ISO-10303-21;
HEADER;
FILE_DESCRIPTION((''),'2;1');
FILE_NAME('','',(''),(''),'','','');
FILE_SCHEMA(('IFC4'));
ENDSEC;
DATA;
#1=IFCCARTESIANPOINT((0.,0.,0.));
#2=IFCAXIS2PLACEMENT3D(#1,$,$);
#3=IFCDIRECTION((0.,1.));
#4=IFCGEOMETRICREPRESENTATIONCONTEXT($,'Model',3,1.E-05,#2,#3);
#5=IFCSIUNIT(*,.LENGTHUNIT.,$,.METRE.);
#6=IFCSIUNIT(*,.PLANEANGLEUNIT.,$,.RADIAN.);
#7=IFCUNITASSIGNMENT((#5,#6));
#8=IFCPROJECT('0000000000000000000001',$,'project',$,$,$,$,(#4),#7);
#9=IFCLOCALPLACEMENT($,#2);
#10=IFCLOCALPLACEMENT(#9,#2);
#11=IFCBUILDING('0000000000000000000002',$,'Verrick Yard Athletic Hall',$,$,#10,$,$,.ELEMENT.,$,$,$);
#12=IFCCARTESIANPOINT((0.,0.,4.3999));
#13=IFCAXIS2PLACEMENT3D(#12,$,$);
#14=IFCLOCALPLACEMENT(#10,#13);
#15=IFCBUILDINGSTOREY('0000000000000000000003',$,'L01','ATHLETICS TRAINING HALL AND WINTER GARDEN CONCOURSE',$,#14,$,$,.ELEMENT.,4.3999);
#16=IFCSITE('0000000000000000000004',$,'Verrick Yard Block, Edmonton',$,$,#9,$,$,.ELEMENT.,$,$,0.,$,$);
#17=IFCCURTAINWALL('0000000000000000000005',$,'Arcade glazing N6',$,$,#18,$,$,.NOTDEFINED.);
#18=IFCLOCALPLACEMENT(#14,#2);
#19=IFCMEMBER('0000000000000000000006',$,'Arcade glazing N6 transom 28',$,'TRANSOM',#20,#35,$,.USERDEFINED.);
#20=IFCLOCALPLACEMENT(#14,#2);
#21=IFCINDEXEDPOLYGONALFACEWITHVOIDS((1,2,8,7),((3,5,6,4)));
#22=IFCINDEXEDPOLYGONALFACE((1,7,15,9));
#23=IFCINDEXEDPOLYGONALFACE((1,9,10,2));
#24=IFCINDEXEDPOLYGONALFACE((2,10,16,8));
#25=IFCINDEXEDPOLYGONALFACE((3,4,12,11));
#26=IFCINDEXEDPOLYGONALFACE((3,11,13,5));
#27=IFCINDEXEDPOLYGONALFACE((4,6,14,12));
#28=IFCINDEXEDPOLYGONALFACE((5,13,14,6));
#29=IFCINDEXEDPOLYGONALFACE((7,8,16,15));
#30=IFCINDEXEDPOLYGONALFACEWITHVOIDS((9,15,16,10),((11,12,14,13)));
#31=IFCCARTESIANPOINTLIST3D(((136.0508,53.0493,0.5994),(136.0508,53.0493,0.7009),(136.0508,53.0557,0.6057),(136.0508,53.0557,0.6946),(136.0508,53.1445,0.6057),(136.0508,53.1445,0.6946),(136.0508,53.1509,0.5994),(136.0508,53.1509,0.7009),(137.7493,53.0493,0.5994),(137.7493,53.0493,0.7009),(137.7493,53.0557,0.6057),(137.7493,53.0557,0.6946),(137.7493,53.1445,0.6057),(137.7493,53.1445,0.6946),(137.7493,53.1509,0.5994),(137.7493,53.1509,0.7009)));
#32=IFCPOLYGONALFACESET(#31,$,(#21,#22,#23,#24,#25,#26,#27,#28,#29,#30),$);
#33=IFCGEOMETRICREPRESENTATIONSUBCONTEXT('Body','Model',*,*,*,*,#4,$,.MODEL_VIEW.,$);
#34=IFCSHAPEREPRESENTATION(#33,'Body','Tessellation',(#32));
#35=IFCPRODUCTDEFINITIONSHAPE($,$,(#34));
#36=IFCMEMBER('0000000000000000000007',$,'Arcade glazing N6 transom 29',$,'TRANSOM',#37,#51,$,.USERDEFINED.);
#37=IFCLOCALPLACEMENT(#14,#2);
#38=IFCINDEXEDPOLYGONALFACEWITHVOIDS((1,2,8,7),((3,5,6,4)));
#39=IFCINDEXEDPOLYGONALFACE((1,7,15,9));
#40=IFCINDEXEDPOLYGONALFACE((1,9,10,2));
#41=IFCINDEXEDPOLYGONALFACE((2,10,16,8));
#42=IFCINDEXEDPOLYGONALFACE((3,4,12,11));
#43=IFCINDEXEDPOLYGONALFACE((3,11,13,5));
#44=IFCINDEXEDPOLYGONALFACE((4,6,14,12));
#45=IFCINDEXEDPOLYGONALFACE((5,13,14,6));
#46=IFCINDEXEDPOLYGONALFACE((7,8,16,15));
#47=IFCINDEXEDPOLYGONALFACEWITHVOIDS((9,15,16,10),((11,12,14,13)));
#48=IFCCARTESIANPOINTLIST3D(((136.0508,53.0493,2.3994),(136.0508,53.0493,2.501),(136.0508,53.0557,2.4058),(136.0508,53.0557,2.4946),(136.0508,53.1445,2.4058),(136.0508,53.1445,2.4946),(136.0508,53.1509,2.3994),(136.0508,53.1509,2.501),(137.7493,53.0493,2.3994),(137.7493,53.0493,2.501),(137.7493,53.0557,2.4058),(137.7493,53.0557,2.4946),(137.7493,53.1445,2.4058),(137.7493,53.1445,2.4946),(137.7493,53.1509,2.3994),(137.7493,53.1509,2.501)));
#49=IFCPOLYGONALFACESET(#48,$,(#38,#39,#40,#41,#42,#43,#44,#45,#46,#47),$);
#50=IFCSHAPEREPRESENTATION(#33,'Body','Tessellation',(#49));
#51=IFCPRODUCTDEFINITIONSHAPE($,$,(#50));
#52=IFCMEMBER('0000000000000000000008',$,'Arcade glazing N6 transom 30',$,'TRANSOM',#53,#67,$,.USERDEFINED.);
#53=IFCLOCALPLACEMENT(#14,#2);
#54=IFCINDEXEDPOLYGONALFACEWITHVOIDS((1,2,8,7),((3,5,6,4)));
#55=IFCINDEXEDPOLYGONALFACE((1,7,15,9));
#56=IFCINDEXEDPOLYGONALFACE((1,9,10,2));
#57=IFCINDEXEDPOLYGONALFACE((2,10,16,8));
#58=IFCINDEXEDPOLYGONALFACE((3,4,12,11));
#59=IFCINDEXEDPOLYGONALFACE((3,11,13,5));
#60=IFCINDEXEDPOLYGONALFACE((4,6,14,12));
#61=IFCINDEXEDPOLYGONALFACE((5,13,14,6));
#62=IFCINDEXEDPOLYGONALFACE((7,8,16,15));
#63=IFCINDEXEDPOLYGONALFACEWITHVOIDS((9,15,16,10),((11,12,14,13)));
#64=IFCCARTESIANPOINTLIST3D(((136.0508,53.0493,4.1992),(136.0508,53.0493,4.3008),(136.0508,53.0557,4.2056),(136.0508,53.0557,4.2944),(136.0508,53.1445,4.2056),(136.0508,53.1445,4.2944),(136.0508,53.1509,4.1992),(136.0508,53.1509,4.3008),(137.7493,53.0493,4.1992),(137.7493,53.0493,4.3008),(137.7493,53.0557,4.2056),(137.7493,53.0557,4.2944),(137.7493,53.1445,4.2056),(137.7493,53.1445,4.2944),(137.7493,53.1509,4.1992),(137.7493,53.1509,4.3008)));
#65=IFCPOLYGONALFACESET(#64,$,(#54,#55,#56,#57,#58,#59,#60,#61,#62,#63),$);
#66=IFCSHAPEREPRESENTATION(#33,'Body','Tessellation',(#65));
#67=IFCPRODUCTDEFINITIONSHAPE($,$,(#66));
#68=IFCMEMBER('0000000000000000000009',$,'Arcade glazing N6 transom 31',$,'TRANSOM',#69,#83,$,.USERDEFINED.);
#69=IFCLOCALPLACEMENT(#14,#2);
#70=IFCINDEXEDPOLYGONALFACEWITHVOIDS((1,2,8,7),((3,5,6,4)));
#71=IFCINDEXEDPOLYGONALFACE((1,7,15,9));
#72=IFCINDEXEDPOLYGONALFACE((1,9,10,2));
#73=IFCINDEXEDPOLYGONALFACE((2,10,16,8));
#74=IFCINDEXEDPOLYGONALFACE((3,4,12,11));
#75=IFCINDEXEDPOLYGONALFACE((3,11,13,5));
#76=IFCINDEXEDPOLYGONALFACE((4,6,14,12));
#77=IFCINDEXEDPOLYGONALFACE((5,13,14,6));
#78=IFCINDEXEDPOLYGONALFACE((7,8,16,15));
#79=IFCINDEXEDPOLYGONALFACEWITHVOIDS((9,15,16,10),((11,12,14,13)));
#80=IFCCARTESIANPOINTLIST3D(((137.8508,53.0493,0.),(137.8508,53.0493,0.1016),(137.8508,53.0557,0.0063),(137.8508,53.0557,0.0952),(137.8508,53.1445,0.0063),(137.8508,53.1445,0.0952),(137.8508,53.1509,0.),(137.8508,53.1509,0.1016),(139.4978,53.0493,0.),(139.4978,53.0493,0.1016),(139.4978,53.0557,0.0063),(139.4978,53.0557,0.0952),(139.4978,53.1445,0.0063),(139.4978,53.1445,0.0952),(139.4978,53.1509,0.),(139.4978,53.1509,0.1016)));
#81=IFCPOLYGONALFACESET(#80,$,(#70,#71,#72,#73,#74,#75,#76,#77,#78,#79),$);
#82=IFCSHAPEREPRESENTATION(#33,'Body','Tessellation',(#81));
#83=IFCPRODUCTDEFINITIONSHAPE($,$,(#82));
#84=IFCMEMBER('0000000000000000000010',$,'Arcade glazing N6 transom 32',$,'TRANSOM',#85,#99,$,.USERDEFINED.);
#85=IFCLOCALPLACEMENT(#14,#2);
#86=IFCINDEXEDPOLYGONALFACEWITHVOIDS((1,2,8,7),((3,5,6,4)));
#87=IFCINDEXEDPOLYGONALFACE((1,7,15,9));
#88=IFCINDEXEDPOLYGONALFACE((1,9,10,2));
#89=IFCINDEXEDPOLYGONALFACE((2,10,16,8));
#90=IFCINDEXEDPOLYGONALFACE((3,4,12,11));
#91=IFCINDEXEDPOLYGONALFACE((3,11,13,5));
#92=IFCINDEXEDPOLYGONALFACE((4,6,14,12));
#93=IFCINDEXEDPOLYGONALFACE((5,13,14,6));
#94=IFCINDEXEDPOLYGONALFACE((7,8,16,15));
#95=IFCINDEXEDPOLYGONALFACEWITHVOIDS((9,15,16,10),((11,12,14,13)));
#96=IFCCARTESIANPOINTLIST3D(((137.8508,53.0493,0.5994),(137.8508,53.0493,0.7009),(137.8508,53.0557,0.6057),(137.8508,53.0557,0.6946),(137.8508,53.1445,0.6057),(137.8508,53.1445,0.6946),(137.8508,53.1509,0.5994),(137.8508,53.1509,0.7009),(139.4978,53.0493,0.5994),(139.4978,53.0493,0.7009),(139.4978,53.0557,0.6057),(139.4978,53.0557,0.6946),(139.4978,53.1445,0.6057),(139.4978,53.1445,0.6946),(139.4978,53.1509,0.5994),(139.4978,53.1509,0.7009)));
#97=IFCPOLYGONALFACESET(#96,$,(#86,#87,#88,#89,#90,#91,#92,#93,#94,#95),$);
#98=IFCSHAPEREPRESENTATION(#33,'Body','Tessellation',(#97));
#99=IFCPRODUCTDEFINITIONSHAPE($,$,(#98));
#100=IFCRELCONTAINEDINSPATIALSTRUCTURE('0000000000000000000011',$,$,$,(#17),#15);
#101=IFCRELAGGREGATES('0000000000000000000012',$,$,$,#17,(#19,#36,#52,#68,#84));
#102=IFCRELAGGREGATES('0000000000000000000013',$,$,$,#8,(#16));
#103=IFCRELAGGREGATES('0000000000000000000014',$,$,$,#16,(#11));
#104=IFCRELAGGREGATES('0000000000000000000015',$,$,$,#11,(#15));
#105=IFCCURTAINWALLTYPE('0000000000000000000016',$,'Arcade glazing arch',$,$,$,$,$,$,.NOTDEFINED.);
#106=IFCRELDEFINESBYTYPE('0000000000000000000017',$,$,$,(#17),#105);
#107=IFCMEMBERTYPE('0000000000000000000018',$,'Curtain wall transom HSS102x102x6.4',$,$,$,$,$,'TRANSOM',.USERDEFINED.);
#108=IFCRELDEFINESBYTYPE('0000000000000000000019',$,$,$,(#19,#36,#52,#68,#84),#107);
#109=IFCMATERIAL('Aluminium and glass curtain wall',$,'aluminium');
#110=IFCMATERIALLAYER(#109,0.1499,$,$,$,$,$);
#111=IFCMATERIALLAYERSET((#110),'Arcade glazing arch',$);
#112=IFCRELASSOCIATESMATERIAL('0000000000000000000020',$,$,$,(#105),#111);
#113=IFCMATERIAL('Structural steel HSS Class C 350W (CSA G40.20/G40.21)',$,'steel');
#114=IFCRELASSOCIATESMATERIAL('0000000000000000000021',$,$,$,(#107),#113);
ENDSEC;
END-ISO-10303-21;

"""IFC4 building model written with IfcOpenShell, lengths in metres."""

from ifc_helpers import new_model, si_unit, direction, frame, origin, origin_2d, place, context, subcontext, project, spatial, hollow_rectangle, extrude, material, layer, layer_set, material_profile, profile_set, type_object, element, aggregate, save


model = new_model("IFC4")

# Units and contexts
model_context = context("Model", 3, precision=1e-05, world=origin(), true_north=direction((0.0, 1.0)))
body_context = subcontext(model_context, "Body", "Model", "MODEL_VIEW")
ifc_project = project(units=[si_unit("LENGTHUNIT", "METRE"), si_unit("PLANEANGLEUNIT", "RADIAN")], contexts=[model_context])

# Site, building, storey
site_placement = place(None, origin())
site = spatial("IfcSite", under=ifc_project, at=site_placement, Name="Verrick Yard Block, Edmonton", CompositionType="ELEMENT", RefElevation=0.0)
building_placement = place(site_placement, origin())
building = spatial("IfcBuilding", under=site, at=building_placement, Name="Verrick Yard Athletic Hall", CompositionType="ELEMENT")
storey_placement = place(building_placement, frame((0.0, 0.0, 4.3999)))
storey = spatial("IfcBuildingStorey", under=building, at=storey_placement, Name="L01", Description="ATHLETICS TRAINING HALL AND WINTER GARDEN CONCOURSE", CompositionType="ELEMENT", Elevation=4.3999)

# Curtain wall, members
ifc_material_1 = material(Name="Aluminium and glass curtain wall", Category="aluminium")
ifc_layer_1 = layer(ifc_material_1, 0.1499)
ifc_layer_set_1 = layer_set([ifc_layer_1], Name="Arcade glazing arch")
curtain_wall_type = type_object("IfcCurtainWallType", Name="Arcade glazing arch", PredefinedType="NOTDEFINED", material=ifc_layer_set_1)
curtain_wall_1_placement = place(storey_placement, origin())
curtain_wall_1 = element("IfcCurtainWall", 1, at=curtain_wall_1_placement, inside=storey, type_object=curtain_wall_type, Name="Arcade glazing N6", PredefinedType="NOTDEFINED")
ifc_material_2 = material(Name="Structural steel HSS Class C 350W (CSA G40.20/G40.21)", Category="steel")
ifc_material_profile_1 = material_profile(ifc_material_2, hollow_rectangle(XDim=0.1016, YDim=0.1016, WallThickness=0.0063, at=origin_2d()), Name="HSS102x102x6.4")
ifc_profile_set_1 = profile_set([ifc_material_profile_1], Name="Structural steel HSS Class C 350W (CSA G40.20/G40.21)")
member_type_1 = type_object("IfcMemberType", Name="Curtain wall transom HSS102x102x6.4", ElementType="TRANSOM", PredefinedType="USERDEFINED", material=ifc_profile_set_1)
member_1_placement = place(storey_placement, frame((136.0508, 53.1001, 0.6501), z_axis=(1.0, 0.0, 0.0), x_axis=(0.0, 1.0, 0.0)))
member_1 = element("IfcMember", 2, at=member_1_placement, type_object=member_type_1, Name="Arcade glazing N6 transom 28", ObjectType="TRANSOM", PredefinedType="USERDEFINED", context=body_context, shape_type="SweptSolid", body=[
    extrude(hollow_rectangle(XDim=0.1016, YDim=0.1016, WallThickness=0.0063, at=origin_2d()), origin(), (0.0, 0.0, 1.0), 1.6985),
])
member_2_placement = place(storey_placement, frame((136.0508, 53.1001, 2.4502), z_axis=(1.0, 0.0, 0.0), x_axis=(0.0, 1.0, 0.0)))
member_2 = element("IfcMember", 3, at=member_2_placement, type_object=member_type_1, Name="Arcade glazing N6 transom 29", ObjectType="TRANSOM", PredefinedType="USERDEFINED", context=body_context, shape_type="SweptSolid", body=[
    extrude(hollow_rectangle(XDim=0.1016, YDim=0.1016, WallThickness=0.0063, at=origin_2d()), origin(), (0.0, 0.0, 1.0), 1.6985),
])
member_3_placement = place(storey_placement, frame((136.0508, 53.1001, 4.25), z_axis=(1.0, 0.0, 0.0), x_axis=(0.0, 1.0, 0.0)))
member_3 = element("IfcMember", 4, at=member_3_placement, type_object=member_type_1, Name="Arcade glazing N6 transom 30", ObjectType="TRANSOM", PredefinedType="USERDEFINED", context=body_context, shape_type="SweptSolid", body=[
    extrude(hollow_rectangle(XDim=0.1016, YDim=0.1016, WallThickness=0.0063, at=origin_2d()), origin(), (0.0, 0.0, 1.0), 1.6985),
])
member_4_placement = place(storey_placement, frame((137.8508, 53.1001, 0.0508), z_axis=(1.0, 0.0, 0.0), x_axis=(0.0, 1.0, 0.0)))
member_4 = element("IfcMember", 5, at=member_4_placement, type_object=member_type_1, Name="Arcade glazing N6 transom 31", ObjectType="TRANSOM", PredefinedType="USERDEFINED", context=body_context, shape_type="SweptSolid", body=[
    extrude(hollow_rectangle(XDim=0.1016, YDim=0.1016, WallThickness=0.0063, at=origin_2d()), origin(), (0.0, 0.0, 1.0), 1.647),
])
member_5_placement = place(storey_placement, frame((137.8508, 53.1001, 0.6501), z_axis=(1.0, 0.0, 0.0), x_axis=(0.0, 1.0, 0.0)))
member_5 = element("IfcMember", 6, at=member_5_placement, type_object=member_type_1, Name="Arcade glazing N6 transom 32", ObjectType="TRANSOM", PredefinedType="USERDEFINED", context=body_context, shape_type="SweptSolid", body=[
    extrude(hollow_rectangle(XDim=0.1016, YDim=0.1016, WallThickness=0.0063, at=origin_2d()), origin(), (0.0, 0.0, 1.0), 1.647),
])
aggregate(curtain_wall_1, [member_1, member_2, member_3, member_4, member_5])

save(model, "model.ifc")
